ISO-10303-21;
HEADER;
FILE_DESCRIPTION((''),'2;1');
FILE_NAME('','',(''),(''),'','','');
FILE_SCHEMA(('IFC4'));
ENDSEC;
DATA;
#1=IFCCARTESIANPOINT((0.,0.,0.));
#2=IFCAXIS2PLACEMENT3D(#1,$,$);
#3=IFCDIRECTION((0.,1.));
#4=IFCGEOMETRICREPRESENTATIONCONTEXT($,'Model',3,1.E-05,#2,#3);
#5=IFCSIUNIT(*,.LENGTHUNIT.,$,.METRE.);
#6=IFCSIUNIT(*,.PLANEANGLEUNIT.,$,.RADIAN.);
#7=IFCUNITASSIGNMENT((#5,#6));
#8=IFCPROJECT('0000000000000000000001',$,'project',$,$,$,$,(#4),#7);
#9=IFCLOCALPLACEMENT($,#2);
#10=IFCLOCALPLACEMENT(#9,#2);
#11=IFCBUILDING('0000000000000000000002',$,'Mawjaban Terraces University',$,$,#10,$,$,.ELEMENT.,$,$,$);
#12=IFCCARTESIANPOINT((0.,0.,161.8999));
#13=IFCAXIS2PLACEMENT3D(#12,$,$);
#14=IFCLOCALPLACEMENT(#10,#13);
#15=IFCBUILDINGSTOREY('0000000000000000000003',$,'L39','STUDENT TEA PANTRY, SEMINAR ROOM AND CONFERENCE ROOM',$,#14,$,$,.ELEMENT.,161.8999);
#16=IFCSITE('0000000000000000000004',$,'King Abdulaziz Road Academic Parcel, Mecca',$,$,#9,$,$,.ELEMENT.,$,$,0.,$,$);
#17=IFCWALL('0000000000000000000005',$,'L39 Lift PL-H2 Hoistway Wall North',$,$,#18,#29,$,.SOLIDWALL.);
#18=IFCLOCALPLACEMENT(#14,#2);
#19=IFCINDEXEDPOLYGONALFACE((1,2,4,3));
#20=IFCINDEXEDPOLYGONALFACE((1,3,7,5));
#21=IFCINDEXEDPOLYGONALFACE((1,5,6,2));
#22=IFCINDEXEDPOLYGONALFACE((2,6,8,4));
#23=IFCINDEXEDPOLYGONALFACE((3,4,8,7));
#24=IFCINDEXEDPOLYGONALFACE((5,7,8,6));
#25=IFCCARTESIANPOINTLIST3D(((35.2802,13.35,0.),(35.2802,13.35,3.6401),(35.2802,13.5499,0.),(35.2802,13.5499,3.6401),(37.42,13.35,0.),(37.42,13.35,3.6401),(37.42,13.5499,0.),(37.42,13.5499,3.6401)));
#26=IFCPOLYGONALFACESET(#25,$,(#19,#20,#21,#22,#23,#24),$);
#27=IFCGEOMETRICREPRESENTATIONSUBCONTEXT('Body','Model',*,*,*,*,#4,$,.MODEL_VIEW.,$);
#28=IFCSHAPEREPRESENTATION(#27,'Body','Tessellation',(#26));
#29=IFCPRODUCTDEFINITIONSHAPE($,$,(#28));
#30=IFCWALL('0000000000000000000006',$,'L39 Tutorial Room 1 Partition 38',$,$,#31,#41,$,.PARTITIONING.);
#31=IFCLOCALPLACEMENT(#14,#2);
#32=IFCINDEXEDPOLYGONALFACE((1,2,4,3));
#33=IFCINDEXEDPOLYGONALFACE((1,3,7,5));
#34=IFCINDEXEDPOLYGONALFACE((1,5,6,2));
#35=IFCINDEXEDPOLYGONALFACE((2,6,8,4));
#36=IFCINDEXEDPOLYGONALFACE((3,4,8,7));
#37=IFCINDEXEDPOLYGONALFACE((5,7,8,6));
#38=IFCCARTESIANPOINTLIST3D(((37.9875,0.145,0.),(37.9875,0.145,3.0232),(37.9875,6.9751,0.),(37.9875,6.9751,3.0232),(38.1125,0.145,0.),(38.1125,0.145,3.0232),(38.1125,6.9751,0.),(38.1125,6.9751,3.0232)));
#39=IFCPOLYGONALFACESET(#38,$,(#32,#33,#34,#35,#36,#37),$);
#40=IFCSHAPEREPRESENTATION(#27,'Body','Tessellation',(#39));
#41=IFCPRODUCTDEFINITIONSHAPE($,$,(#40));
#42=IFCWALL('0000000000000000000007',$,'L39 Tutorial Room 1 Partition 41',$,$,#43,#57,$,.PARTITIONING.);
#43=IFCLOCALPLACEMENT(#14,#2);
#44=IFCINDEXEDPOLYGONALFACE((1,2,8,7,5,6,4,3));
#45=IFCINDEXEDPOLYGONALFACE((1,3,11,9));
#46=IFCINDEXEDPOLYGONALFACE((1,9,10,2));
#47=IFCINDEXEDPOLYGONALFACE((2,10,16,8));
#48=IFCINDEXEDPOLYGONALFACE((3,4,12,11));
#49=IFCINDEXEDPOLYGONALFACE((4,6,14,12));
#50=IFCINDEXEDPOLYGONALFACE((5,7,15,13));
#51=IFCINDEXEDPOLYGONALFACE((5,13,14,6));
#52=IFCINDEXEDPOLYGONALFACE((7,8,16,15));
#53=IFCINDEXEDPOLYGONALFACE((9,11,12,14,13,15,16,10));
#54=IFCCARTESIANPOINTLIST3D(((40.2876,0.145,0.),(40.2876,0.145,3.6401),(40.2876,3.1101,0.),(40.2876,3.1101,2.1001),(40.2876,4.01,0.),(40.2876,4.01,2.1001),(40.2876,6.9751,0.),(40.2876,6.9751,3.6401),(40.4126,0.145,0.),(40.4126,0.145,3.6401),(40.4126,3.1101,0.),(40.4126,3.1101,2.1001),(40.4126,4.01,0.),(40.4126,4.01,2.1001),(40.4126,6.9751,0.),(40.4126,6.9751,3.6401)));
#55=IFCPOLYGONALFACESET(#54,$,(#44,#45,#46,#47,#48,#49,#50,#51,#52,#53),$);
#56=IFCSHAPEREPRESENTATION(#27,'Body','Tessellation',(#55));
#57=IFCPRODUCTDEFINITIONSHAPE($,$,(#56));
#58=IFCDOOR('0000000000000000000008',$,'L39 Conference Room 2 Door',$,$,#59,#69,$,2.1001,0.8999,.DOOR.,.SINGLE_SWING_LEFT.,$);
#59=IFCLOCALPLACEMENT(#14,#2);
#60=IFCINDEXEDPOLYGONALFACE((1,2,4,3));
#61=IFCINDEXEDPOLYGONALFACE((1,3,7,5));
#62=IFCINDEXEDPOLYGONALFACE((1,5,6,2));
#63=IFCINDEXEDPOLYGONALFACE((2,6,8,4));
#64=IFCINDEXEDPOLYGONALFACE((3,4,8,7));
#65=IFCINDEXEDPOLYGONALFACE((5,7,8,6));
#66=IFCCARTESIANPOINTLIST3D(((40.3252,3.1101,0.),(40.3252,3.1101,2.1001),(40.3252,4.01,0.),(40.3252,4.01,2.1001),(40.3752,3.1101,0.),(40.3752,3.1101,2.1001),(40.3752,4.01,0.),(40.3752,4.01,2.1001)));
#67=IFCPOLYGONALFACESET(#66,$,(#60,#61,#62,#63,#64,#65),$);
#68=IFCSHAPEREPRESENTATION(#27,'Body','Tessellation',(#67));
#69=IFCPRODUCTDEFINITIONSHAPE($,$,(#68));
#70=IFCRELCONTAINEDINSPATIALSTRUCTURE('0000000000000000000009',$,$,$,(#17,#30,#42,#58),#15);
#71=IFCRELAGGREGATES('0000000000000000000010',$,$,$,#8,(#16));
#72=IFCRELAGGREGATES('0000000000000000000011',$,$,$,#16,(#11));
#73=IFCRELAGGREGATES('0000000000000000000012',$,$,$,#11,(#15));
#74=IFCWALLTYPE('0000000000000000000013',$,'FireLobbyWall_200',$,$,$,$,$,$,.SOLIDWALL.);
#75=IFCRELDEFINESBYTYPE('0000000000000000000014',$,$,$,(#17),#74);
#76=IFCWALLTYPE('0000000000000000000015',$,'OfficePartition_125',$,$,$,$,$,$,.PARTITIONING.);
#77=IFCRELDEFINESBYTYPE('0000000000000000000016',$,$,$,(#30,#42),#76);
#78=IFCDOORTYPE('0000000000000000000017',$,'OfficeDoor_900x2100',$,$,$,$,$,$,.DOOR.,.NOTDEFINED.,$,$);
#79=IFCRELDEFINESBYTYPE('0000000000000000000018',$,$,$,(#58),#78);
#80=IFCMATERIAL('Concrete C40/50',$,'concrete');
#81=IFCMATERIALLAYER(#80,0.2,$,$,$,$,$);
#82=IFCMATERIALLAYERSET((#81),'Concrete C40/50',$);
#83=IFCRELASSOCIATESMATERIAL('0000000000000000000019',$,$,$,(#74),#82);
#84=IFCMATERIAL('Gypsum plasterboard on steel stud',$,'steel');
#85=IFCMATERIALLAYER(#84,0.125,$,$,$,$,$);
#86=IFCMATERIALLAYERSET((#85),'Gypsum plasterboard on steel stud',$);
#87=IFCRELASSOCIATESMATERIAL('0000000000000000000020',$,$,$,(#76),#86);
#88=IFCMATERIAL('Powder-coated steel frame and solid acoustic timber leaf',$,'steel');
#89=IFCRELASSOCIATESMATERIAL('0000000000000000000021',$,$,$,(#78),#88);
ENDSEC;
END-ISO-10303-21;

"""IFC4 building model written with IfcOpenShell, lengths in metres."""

from ifc_helpers import new_model, si_unit, direction, frame, frame_2d, origin, place, context, subcontext, project, spatial, rectangle, extrude, material, layer, layer_set, type_object, element, fill, save


model = new_model("IFC4")

# Units and contexts
model_context = context("Model", 3, precision=1e-05, world=origin(), true_north=direction((0.0, 1.0)))
body_context = subcontext(model_context, "Body", "Model", "MODEL_VIEW")
ifc_project = project(units=[si_unit("LENGTHUNIT", "METRE"), si_unit("PLANEANGLEUNIT", "RADIAN")], contexts=[model_context])

# Site, building, storey
site_placement = place(None, origin())
site = spatial("IfcSite", under=ifc_project, at=site_placement, Name="King Abdulaziz Road Academic Parcel, Mecca", CompositionType="ELEMENT", RefElevation=0.0)
building_placement = place(site_placement, origin())
building = spatial("IfcBuilding", under=site, at=building_placement, Name="Mawjaban Terraces University", CompositionType="ELEMENT")
storey_placement = place(building_placement, frame((0.0, 0.0, 161.8999)))
storey = spatial("IfcBuildingStorey", under=building, at=storey_placement, Name="L39", Description="STUDENT TEA PANTRY, SEMINAR ROOM AND CONFERENCE ROOM", CompositionType="ELEMENT", Elevation=161.8999)

# Shared definitions
ifc_material_1 = material(Name="Powder-coated steel frame and solid acoustic timber leaf", Category="steel")

# Walls
ifc_material_2 = material(Name="Concrete C40/50", Category="concrete")
ifc_layer_1 = layer(ifc_material_2, 0.2)
ifc_layer_set_1 = layer_set([ifc_layer_1], Name="Concrete C40/50")
wall_type_1 = type_object("IfcWallType", Name="FireLobbyWall_200", PredefinedType="SOLIDWALL", material=ifc_layer_set_1)
for number, where, z_axis, x_axis, name in (
    (1, (37.4199, 13.45, 0.0), (0.0, 0.0, 1.0), (-1.0, 0.0, 0.0), "L39 Lift PL-H2 Hoistway Wall North"),
):
    element("IfcWall", number, at=place(storey_placement, frame(where, z_axis=z_axis, x_axis=x_axis)), inside=storey, type_object=wall_type_1, Name=name, PredefinedType="SOLIDWALL", context=body_context, shape_type="SweptSolid", body=[
        extrude(rectangle(XDim=2.1399, YDim=0.2, at=frame_2d((1.0698, 0.0))), origin(), (0.0, 0.0, 1.0), 3.6401),
    ])
ifc_material_3 = material(Name="Gypsum plasterboard on steel stud", Category="steel")
ifc_layer_2 = layer(ifc_material_3, 0.125)
ifc_layer_set_2 = layer_set([ifc_layer_2], Name="Gypsum plasterboard on steel stud")
wall_type_2 = type_object("IfcWallType", Name="OfficePartition_125", PredefinedType="PARTITIONING", material=ifc_layer_set_2)
wall_1_placement = place(storey_placement, frame((38.05, 6.9751, 0.0), z_axis=(0.0, 0.0, 1.0), x_axis=(0.0, -1.0, 0.0)))
element("IfcWall", 2, at=wall_1_placement, inside=storey, type_object=wall_type_2, Name="L39 Tutorial Room 1 Partition 38", PredefinedType="PARTITIONING", context=body_context, shape_type="SweptSolid", body=[
    extrude(rectangle(XDim=6.8301, YDim=0.125, at=frame_2d((3.415, 0.0))), origin(), (0.0, 0.0, 1.0), 3.0232),
])

# Wall, opening, door
wall_2_placement = place(storey_placement, frame((40.3501, 0.145, 0.0), z_axis=(0.0, 0.0, 1.0), x_axis=(0.0, 1.0, 0.0)))
wall_2 = element("IfcWall", 3, at=wall_2_placement, inside=storey, type_object=wall_type_2, Name="L39 Tutorial Room 1 Partition 41", PredefinedType="PARTITIONING", context=body_context, shape_type="SweptSolid", body=[
    extrude(rectangle(XDim=6.8301, YDim=0.125, at=frame_2d((3.415, 0.0))), origin(), (0.0, 0.0, 1.0), 3.6401),
])
opening_1_placement = place(wall_2_placement, frame((2.9651, 0.0, 0.0)))
opening_1 = element("IfcOpeningElement", 4, at=opening_1_placement, cuts=wall_2, PredefinedType="OPENING", context=body_context, shape_type="SweptSolid", body=[
    extrude(rectangle(XDim=0.8999, YDim=2.1001, at=frame_2d((0.45, 1.05))), frame((0.0, 0.0725, 0.0), z_axis=(0.0, -1.0, 0.0), x_axis=(1.0, 0.0, 0.0)), (0.0, 0.0, 1.0), 0.145),
])
door_type_1 = type_object("IfcDoorType", Name="OfficeDoor_900x2100", OperationType="NOTDEFINED", PredefinedType="DOOR", material=ifc_material_1)
door_1_placement = place(opening_1_placement, origin())
door_1 = element("IfcDoor", 5, at=door_1_placement, inside=storey, type_object=door_type_1, Name="L39 Conference Room 2 Door", OperationType="SINGLE_SWING_LEFT", OverallHeight=2.1001, OverallWidth=0.8999, PredefinedType="DOOR", context=body_context, shape_type="SweptSolid", body=[
    extrude(rectangle(XDim=0.8999, YDim=2.1001, at=frame_2d((0.45, 1.05))), frame((0.0, 0.0249, 0.0), z_axis=(0.0, -1.0, 0.0), x_axis=(1.0, 0.0, 0.0)), (0.0, 0.0, 1.0), 0.05),
])
fill(opening_1, door_1)

save(model, "model.ifc")
